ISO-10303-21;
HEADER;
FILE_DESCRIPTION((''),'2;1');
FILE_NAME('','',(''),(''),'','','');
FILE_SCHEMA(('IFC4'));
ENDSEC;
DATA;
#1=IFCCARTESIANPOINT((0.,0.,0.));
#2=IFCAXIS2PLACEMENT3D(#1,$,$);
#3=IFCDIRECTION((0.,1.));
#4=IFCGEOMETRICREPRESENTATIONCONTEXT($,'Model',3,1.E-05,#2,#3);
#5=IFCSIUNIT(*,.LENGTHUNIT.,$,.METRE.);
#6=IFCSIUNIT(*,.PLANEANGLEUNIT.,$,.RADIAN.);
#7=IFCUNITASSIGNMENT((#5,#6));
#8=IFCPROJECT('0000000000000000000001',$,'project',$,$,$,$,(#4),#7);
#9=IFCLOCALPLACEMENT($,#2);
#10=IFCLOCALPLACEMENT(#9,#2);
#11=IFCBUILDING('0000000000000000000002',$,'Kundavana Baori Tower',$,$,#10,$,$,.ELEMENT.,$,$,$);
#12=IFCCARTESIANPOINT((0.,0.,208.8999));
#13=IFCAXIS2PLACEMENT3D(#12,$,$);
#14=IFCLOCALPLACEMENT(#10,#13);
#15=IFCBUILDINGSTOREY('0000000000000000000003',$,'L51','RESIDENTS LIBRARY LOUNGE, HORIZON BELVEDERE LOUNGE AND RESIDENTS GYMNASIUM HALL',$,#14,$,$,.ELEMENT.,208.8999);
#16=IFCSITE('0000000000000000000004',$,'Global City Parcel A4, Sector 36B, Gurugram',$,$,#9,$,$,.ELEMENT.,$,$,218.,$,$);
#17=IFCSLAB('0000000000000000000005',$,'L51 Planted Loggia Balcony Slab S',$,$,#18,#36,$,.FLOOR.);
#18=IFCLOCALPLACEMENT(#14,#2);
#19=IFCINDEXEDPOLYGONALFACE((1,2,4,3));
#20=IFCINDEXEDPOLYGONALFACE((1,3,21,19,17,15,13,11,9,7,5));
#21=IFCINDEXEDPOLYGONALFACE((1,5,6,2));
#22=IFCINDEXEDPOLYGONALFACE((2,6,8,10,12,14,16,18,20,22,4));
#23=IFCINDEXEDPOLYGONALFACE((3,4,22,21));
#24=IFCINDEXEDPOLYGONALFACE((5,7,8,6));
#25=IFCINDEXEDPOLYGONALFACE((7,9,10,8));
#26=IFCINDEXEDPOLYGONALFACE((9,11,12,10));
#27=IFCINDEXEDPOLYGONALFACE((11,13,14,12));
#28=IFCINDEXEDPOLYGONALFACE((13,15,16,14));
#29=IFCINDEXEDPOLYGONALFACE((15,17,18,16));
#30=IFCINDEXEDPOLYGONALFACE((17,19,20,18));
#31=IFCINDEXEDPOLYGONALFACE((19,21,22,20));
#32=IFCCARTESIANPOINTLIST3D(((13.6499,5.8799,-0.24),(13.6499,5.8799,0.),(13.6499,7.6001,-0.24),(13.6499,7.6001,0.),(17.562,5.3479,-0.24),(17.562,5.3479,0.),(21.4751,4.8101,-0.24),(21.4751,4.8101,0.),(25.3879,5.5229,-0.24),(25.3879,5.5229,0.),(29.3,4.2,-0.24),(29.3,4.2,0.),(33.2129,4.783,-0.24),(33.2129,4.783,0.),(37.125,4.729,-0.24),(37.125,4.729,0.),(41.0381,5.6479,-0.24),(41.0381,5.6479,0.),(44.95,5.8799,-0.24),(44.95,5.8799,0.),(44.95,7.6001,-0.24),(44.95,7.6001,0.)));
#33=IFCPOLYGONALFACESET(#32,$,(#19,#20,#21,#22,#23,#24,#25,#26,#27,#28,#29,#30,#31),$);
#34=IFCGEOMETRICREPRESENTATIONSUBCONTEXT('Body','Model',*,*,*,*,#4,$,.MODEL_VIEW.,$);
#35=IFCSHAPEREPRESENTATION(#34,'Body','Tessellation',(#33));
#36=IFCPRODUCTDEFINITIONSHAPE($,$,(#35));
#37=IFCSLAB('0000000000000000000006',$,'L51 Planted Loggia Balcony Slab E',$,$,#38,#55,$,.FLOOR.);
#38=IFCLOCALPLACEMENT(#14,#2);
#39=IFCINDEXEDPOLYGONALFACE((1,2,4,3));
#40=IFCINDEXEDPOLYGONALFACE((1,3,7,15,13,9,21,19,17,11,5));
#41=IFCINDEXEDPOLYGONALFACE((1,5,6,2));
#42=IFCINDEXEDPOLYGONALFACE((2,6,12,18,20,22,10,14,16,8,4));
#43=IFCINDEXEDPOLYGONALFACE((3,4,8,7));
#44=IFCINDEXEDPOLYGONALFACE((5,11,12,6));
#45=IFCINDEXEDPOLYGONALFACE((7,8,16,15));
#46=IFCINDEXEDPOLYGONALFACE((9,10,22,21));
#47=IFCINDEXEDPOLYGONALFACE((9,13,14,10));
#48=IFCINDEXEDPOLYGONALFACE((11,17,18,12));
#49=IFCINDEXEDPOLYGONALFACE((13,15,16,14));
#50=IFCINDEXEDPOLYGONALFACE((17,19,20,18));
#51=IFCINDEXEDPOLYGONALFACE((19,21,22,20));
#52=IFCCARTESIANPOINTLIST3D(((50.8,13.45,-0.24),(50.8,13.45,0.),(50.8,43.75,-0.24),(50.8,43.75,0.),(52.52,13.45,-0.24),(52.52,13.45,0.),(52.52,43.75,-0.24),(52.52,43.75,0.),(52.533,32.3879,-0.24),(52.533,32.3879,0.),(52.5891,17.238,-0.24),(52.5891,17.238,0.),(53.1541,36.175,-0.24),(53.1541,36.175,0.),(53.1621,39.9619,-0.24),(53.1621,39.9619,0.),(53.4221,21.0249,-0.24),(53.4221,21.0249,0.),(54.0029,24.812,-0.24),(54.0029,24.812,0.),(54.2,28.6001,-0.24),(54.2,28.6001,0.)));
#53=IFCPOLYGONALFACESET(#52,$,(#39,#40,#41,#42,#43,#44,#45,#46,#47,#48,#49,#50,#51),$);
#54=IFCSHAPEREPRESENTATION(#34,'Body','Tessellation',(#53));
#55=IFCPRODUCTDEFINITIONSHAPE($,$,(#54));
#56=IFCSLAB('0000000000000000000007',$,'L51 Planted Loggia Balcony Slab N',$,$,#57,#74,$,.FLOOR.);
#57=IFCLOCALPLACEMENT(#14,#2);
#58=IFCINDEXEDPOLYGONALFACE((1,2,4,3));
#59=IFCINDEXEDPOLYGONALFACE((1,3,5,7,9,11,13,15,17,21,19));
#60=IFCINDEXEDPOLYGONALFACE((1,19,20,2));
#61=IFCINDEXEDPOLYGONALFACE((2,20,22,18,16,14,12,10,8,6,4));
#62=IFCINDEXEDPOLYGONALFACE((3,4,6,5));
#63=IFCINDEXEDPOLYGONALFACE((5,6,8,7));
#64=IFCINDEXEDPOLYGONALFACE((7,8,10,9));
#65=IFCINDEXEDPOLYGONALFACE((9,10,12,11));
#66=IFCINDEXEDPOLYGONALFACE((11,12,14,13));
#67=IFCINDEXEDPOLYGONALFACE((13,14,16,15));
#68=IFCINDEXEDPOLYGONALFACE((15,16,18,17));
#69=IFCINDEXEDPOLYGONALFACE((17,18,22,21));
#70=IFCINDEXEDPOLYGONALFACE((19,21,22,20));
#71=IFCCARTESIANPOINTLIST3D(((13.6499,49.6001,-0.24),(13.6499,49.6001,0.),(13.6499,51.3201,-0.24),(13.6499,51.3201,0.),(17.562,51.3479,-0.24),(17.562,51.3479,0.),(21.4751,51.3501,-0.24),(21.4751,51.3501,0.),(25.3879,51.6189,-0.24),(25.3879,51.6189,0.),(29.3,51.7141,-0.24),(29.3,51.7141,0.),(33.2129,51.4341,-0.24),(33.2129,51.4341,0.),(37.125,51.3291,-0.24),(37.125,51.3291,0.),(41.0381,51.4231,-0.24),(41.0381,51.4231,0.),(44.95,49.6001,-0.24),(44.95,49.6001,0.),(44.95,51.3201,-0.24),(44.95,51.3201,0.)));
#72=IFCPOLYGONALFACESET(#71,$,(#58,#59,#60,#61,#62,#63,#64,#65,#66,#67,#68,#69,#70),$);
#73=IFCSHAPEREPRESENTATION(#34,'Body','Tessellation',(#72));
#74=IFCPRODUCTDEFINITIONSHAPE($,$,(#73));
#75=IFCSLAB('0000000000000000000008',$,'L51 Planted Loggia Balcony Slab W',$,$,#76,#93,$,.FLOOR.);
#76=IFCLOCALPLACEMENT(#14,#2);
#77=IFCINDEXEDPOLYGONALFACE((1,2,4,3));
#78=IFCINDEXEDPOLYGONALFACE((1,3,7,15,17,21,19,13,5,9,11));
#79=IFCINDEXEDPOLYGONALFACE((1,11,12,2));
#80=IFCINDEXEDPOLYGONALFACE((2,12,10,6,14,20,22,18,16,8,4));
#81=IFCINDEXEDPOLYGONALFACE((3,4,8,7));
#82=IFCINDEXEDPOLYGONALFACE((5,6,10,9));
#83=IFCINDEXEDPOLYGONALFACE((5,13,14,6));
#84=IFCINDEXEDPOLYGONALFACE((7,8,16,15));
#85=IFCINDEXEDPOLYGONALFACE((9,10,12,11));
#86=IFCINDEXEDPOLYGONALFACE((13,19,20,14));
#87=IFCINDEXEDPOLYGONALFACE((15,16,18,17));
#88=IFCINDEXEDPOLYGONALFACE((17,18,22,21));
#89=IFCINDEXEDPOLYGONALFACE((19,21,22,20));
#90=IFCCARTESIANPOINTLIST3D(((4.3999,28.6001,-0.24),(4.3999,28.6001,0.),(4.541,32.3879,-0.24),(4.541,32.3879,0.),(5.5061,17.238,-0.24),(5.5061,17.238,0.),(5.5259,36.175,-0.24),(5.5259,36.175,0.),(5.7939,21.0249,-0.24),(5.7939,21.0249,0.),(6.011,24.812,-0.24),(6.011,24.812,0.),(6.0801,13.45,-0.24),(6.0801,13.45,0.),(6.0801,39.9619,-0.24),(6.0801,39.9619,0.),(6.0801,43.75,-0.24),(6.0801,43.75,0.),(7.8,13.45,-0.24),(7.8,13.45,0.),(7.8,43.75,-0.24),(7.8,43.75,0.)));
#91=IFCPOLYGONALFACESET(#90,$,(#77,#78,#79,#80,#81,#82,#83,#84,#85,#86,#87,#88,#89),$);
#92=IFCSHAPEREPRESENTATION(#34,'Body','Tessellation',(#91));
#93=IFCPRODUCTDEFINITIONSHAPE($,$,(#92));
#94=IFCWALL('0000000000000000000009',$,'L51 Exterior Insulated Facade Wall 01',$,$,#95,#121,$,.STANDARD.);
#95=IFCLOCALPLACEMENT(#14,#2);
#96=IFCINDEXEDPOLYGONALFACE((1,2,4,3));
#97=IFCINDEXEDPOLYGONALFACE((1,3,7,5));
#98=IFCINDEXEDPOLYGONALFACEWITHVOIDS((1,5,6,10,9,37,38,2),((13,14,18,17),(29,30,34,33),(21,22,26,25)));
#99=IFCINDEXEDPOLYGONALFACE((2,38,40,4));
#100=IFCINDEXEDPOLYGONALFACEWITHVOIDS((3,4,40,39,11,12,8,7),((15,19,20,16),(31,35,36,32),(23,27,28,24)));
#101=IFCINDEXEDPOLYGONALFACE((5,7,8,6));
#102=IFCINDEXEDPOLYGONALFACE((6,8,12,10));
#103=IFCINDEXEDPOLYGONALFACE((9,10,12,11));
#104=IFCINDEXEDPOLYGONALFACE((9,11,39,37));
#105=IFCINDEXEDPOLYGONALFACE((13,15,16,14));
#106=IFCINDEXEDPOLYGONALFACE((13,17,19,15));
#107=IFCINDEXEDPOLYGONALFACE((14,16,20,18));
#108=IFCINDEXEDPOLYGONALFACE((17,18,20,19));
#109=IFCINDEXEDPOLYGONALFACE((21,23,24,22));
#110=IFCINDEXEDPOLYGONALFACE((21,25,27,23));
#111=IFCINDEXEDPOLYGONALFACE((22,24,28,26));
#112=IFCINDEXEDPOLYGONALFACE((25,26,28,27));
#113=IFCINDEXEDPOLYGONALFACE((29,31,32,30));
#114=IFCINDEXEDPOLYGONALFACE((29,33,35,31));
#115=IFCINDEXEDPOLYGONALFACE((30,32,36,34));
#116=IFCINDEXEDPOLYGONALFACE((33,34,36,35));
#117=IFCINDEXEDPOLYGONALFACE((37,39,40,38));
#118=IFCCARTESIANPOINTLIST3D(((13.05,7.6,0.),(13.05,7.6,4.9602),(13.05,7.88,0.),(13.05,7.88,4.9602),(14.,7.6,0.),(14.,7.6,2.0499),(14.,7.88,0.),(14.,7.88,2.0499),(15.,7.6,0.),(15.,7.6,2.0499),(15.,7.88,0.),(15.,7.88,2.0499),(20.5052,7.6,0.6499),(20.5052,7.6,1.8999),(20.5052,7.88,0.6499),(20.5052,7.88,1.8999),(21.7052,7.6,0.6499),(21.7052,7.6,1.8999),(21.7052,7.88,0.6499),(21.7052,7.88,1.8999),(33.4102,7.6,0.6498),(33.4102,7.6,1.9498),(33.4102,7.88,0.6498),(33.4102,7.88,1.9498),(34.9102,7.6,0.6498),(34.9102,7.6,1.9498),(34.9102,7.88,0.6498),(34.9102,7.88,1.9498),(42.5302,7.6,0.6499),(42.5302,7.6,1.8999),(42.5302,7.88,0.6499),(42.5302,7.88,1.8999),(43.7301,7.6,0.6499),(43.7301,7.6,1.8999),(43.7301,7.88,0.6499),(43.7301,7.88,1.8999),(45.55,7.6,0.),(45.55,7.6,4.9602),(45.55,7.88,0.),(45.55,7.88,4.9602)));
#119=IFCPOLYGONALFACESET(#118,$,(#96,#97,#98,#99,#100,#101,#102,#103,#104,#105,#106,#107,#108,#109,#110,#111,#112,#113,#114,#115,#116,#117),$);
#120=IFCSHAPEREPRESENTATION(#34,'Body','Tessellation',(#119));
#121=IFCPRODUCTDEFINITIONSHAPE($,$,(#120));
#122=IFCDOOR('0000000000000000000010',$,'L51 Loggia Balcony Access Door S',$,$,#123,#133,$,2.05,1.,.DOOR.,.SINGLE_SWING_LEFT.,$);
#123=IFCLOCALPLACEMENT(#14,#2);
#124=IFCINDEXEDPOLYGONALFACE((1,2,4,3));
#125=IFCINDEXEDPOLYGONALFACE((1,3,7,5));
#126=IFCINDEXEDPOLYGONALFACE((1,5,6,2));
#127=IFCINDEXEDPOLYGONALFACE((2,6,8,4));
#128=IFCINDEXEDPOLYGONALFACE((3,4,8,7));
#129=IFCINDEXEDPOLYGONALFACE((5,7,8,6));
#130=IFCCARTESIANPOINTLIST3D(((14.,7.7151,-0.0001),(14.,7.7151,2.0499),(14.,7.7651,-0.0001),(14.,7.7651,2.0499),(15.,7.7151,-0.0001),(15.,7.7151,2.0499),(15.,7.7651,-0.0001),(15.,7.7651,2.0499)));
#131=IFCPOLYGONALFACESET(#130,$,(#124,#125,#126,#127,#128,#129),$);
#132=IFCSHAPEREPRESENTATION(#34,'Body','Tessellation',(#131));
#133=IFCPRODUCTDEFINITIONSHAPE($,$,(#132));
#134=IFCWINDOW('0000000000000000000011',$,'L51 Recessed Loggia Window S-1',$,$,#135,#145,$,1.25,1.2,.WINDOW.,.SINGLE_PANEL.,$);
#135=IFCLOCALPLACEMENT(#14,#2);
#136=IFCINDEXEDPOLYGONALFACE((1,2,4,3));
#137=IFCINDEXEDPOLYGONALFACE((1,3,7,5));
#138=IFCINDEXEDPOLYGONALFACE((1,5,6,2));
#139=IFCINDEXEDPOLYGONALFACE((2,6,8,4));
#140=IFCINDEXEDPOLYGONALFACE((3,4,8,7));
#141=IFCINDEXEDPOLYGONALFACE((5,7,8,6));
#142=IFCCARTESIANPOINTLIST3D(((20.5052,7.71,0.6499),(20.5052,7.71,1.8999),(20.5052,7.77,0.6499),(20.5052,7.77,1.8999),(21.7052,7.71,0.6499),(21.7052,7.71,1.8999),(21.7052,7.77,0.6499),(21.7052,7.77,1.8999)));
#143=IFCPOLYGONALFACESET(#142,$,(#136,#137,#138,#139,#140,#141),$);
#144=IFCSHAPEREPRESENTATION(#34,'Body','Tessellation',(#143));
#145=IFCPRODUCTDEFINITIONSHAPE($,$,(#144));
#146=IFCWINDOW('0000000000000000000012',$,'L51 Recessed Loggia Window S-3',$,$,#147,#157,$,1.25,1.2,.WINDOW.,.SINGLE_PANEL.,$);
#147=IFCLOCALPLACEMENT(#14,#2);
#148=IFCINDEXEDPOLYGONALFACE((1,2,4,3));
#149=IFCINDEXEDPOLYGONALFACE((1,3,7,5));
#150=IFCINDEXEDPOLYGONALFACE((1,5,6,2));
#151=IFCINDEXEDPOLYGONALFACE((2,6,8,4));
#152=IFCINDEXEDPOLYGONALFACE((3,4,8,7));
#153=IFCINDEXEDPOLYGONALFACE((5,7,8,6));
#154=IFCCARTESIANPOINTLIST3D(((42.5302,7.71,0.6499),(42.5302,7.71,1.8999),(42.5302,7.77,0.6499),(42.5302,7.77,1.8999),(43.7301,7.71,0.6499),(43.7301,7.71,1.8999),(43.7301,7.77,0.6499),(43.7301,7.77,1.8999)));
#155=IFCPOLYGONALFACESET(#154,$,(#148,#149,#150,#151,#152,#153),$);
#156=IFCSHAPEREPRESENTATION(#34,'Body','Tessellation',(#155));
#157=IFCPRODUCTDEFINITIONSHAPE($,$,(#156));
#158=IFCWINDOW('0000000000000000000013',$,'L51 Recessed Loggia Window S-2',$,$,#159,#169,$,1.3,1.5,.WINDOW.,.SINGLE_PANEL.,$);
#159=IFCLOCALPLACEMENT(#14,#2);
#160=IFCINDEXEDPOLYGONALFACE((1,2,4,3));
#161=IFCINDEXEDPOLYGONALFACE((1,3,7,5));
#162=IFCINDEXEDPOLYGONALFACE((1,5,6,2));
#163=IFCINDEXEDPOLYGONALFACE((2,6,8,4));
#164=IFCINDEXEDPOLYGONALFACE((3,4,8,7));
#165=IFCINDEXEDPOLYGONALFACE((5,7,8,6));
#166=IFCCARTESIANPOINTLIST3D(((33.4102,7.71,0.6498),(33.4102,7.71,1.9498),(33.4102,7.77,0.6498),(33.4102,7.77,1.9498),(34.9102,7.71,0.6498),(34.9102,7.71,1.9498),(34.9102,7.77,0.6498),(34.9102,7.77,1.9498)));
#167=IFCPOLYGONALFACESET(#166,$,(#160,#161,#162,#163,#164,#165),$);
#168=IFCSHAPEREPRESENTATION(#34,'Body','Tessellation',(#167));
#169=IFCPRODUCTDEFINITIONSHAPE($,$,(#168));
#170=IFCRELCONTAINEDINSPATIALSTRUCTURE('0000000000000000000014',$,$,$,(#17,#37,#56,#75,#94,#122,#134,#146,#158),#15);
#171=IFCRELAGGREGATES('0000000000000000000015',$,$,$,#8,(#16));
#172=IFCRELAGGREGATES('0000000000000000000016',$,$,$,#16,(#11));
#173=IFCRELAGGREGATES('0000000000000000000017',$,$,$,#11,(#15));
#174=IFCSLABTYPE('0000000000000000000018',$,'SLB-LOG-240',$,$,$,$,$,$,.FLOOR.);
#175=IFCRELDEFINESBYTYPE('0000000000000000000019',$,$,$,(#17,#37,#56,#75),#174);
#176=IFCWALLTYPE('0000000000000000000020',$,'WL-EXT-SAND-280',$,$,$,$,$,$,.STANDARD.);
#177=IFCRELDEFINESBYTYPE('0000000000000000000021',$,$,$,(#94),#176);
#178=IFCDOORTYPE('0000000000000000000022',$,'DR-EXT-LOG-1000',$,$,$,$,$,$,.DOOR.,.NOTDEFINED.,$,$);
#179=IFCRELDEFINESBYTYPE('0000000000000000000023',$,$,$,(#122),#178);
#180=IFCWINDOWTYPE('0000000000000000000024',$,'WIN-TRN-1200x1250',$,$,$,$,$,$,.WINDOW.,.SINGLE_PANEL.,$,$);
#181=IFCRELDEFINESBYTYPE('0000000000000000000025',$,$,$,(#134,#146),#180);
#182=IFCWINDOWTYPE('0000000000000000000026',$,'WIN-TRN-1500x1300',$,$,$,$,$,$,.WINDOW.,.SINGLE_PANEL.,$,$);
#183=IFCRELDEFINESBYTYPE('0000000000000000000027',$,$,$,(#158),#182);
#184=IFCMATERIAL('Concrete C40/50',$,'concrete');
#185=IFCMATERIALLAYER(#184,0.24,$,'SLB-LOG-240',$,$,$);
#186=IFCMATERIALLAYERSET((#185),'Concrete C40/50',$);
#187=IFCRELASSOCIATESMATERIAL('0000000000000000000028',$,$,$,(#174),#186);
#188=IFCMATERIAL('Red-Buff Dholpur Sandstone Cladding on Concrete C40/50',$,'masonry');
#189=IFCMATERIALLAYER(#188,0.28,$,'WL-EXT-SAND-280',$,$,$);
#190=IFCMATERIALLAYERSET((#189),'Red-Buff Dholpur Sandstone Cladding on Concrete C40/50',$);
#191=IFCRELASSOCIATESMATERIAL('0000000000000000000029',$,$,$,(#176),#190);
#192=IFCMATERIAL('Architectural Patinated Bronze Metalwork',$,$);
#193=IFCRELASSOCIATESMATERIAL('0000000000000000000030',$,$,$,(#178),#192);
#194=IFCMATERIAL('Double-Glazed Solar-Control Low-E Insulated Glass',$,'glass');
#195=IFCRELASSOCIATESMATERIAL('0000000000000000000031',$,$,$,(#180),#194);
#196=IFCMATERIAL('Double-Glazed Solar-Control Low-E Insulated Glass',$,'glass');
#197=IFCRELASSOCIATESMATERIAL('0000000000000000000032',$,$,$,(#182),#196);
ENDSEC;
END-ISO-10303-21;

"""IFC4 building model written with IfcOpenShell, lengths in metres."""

from ifc_helpers import new_model, si_unit, direction, frame, frame_2d, origin, place, context, subcontext, project, spatial, polyline, rectangle, outline, extrude, material, layer, layer_set, type_object, element, fill, save


model = new_model("IFC4")

# Units and contexts
model_context = context("Model", 3, precision=1e-05, world=origin(), true_north=direction((0.0, 1.0)))
body_context = subcontext(model_context, "Body", "Model", "MODEL_VIEW")
ifc_project = project(units=[si_unit("LENGTHUNIT", "METRE"), si_unit("PLANEANGLEUNIT", "RADIAN")], contexts=[model_context])

# Site, building, storey
site_placement = place(None, origin())
site = spatial("IfcSite", under=ifc_project, at=site_placement, Name="Global City Parcel A4, Sector 36B, Gurugram", CompositionType="ELEMENT", RefElevation=218.0)
building_placement = place(site_placement, origin())
building = spatial("IfcBuilding", under=site, at=building_placement, Name="Kundavana Baori Tower", CompositionType="ELEMENT")
storey_placement = place(building_placement, frame((0.0, 0.0, 208.8999)))
storey = spatial("IfcBuildingStorey", under=building, at=storey_placement, Name="L51", Description="RESIDENTS LIBRARY LOUNGE, HORIZON BELVEDERE LOUNGE AND RESIDENTS GYMNASIUM HALL", CompositionType="ELEMENT", Elevation=208.8999)

# Slabs
ifc_material_1 = material(Name="Concrete C40/50", Category="concrete")
ifc_layer_1 = layer(ifc_material_1, 0.24, Name="SLB-LOG-240")
ifc_layer_set_1 = layer_set([ifc_layer_1], Name="Concrete C40/50")
slab_type_1 = type_object("IfcSlabType", Name="SLB-LOG-240", PredefinedType="FLOOR", material=ifc_layer_set_1)
slab_1_placement = place(storey_placement, frame((0.0, 0.0, -0.24)))
element("IfcSlab", 1, at=slab_1_placement, inside=storey, type_object=slab_type_1, Name="L51 Planted Loggia Balcony Slab S", PredefinedType="FLOOR", context=body_context, shape_type="SweptSolid", body=[
    extrude(outline(polyline([(13.6499, 7.6001), (44.95, 7.6001), (44.95, 5.8799), (41.0381, 5.6479), (37.125, 4.729), (33.2129, 4.783), (29.3, 4.2), (25.3879, 5.5229), (21.4751, 4.8101), (17.562, 5.3479), (13.6499, 5.8799), (13.6499, 7.6001)])), origin(), (0.0, 0.0, 1.0), 0.24),
])
slab_2_placement = place(storey_placement, frame((0.0, 0.0, -0.24)))
element("IfcSlab", 2, at=slab_2_placement, inside=storey, type_object=slab_type_1, Name="L51 Planted Loggia Balcony Slab E", PredefinedType="FLOOR", context=body_context, shape_type="SweptSolid", body=[
    extrude(outline(polyline([(50.8, 13.45), (50.8, 43.75), (52.52, 43.75), (53.1621, 39.9619), (53.1541, 36.175), (52.533, 32.3879), (54.2, 28.6001), (54.0029, 24.812), (53.4221, 21.0249), (52.5891, 17.238), (52.52, 13.45), (50.8, 13.45)])), origin(), (0.0, 0.0, 1.0), 0.24),
])
slab_3_placement = place(storey_placement, frame((0.0, 0.0, -0.24)))
element("IfcSlab", 3, at=slab_3_placement, inside=storey, type_object=slab_type_1, Name="L51 Planted Loggia Balcony Slab N", PredefinedType="FLOOR", context=body_context, shape_type="SweptSolid", body=[
    extrude(outline(polyline([(44.95, 49.6001), (13.6499, 49.6001), (13.6499, 51.3201), (17.562, 51.3479), (21.4751, 51.3501), (25.3879, 51.6189), (29.3, 51.7141), (33.2129, 51.4341), (37.125, 51.3291), (41.0381, 51.4231), (44.95, 51.3201), (44.95, 49.6001)])), origin(), (0.0, 0.0, 1.0), 0.24),
])
slab_4_placement = place(storey_placement, frame((0.0, 0.0, -0.24)))
element("IfcSlab", 4, at=slab_4_placement, inside=storey, type_object=slab_type_1, Name="L51 Planted Loggia Balcony Slab W", PredefinedType="FLOOR", context=body_context, shape_type="SweptSolid", body=[
    extrude(outline(polyline([(7.8, 43.75), (7.8, 13.45), (6.0801, 13.45), (5.5061, 17.238), (5.7939, 21.0249), (6.011, 24.812), (4.3999, 28.6001), (4.541, 32.3879), (5.5259, 36.175), (6.0801, 39.9619), (6.0801, 43.75), (7.8, 43.75)])), origin(), (0.0, 0.0, 1.0), 0.24),
])

# Wall, openings, door, windows
ifc_material_2 = material(Name="Red-Buff Dholpur Sandstone Cladding on Concrete C40/50", Category="masonry")
ifc_layer_2 = layer(ifc_material_2, 0.28, Name="WL-EXT-SAND-280")
ifc_layer_set_2 = layer_set([ifc_layer_2], Name="Red-Buff Dholpur Sandstone Cladding on Concrete C40/50")
wall_type = type_object("IfcWallType", Name="WL-EXT-SAND-280", PredefinedType="STANDARD", material=ifc_layer_set_2)
wall_1_placement = place(storey_placement, frame((13.05, 7.74, 0.0), z_axis=(0.0, 0.0, 1.0), x_axis=(1.0, 0.0, 0.0)))
wall_1 = element("IfcWall", 5, at=wall_1_placement, inside=storey, type_object=wall_type, Name="L51 Exterior Insulated Facade Wall 01", PredefinedType="STANDARD", context=body_context, shape_type="SweptSolid", body=[
    extrude(rectangle(XDim=32.5, YDim=0.28, at=frame_2d((16.25, 0.0))), origin(), (0.0, 0.0, 1.0), 4.9602),
])
opening_1_placement = place(wall_1_placement, frame((0.95, 0.0, 0.0)))
opening_1 = element("IfcOpeningElement", 6, at=opening_1_placement, cuts=wall_1, PredefinedType="OPENING", context=body_context, shape_type="SweptSolid", body=[
    extrude(rectangle(XDim=1.0, YDim=2.05, at=frame_2d((0.5, 1.0249))), frame((0.0, 0.1499, 0.0), z_axis=(0.0, -1.0, 0.0), x_axis=(1.0, 0.0, 0.0)), (0.0, 0.0, 1.0), 0.3),
])
opening_2_placement = place(wall_1_placement, frame((7.4551, 0.0, 0.6499)))
opening_2 = element("IfcOpeningElement", 7, at=opening_2_placement, cuts=wall_1, PredefinedType="OPENING", context=body_context, shape_type="SweptSolid", body=[
    extrude(rectangle(XDim=1.2, YDim=1.25, at=frame_2d((0.6001, 0.625))), frame((0.0, 0.1499, 0.0), z_axis=(0.0, -1.0, 0.0), x_axis=(1.0, 0.0, 0.0)), (0.0, 0.0, 1.0), 0.3),
])
opening_3_placement = place(wall_1_placement, frame((20.3601, 0.0, 0.6499)))
opening_3 = element("IfcOpeningElement", 8, at=opening_3_placement, cuts=wall_1, PredefinedType="OPENING", context=body_context, shape_type="SweptSolid", body=[
    extrude(rectangle(XDim=1.5, YDim=1.3, at=frame_2d((0.75, 0.6499))), frame((0.0, 0.1499, 0.0), z_axis=(0.0, -1.0, 0.0), x_axis=(1.0, 0.0, 0.0)), (0.0, 0.0, 1.0), 0.3),
])
opening_4_placement = place(wall_1_placement, frame((29.48, 0.0, 0.6499)))
opening_4 = element("IfcOpeningElement", 9, at=opening_4_placement, cuts=wall_1, PredefinedType="OPENING", context=body_context, shape_type="SweptSolid", body=[
    extrude(rectangle(XDim=1.2, YDim=1.25, at=frame_2d((0.6001, 0.625))), frame((0.0, 0.1499, 0.0), z_axis=(0.0, -1.0, 0.0), x_axis=(1.0, 0.0, 0.0)), (0.0, 0.0, 1.0), 0.3),
])
ifc_material_3 = material(Name="Architectural Patinated Bronze Metalwork")
door_type = type_object("IfcDoorType", Name="DR-EXT-LOG-1000", OperationType="NOTDEFINED", PredefinedType="DOOR", material=ifc_material_3)
door_placement = place(opening_1_placement, frame((1.0, 0.0, 0.0), z_axis=(0.0, 0.0, 1.0), x_axis=(-1.0, 0.0, 0.0)))
door = element("IfcDoor", 10, at=door_placement, inside=storey, type_object=door_type, Name="L51 Loggia Balcony Access Door S", OperationType="SINGLE_SWING_LEFT", OverallHeight=2.05, OverallWidth=1.0, PredefinedType="DOOR", context=body_context, shape_type="SweptSolid", body=[
    extrude(rectangle(XDim=1.0, YDim=2.05, at=frame_2d((0.5, 1.0249))), frame((0.0, 0.0249, 0.0), z_axis=(0.0, -1.0, 0.0), x_axis=(1.0, 0.0, 0.0)), (0.0, 0.0, 1.0), 0.05),
])
fill(opening_1, door)
ifc_material_4 = material(Name="Double-Glazed Solar-Control Low-E Insulated Glass", Category="glass")
window_type_1 = type_object("IfcWindowType", Name="WIN-TRN-1200x1250", PartitioningType="SINGLE_PANEL", PredefinedType="WINDOW", material=ifc_material_4)
window_1_placement = place(opening_2_placement, origin())
window_1 = element("IfcWindow", 11, at=window_1_placement, inside=storey, type_object=window_type_1, Name="L51 Recessed Loggia Window S-1", OverallHeight=1.25, OverallWidth=1.2, PartitioningType="SINGLE_PANEL", PredefinedType="WINDOW", context=body_context, shape_type="SweptSolid", body=[
    extrude(rectangle(XDim=1.2, YDim=1.25, at=frame_2d((0.6001, 0.625))), frame((0.0, 0.03, 0.0), z_axis=(0.0, -1.0, 0.0), x_axis=(1.0, 0.0, 0.0)), (0.0, 0.0, 1.0), 0.0601),
])
fill(opening_2, window_1)
window_2_placement = place(opening_4_placement, origin())
window_2 = element("IfcWindow", 12, at=window_2_placement, inside=storey, type_object=window_type_1, Name="L51 Recessed Loggia Window S-3", OverallHeight=1.25, OverallWidth=1.2, PartitioningType="SINGLE_PANEL", PredefinedType="WINDOW", context=body_context, shape_type="SweptSolid", body=[
    extrude(rectangle(XDim=1.2, YDim=1.25, at=frame_2d((0.6001, 0.625))), frame((0.0, 0.03, 0.0), z_axis=(0.0, -1.0, 0.0), x_axis=(1.0, 0.0, 0.0)), (0.0, 0.0, 1.0), 0.0601),
])
fill(opening_4, window_2)
ifc_material_5 = material(Name="Double-Glazed Solar-Control Low-E Insulated Glass", Category="glass")
window_type_2 = type_object("IfcWindowType", Name="WIN-TRN-1500x1300", PartitioningType="SINGLE_PANEL", PredefinedType="WINDOW", material=ifc_material_5)
window_3_placement = place(opening_3_placement, origin())
window_3 = element("IfcWindow", 13, at=window_3_placement, inside=storey, type_object=window_type_2, Name="L51 Recessed Loggia Window S-2", OverallHeight=1.3, OverallWidth=1.5, PartitioningType="SINGLE_PANEL", PredefinedType="WINDOW", context=body_context, shape_type="SweptSolid", body=[
    extrude(rectangle(XDim=1.5, YDim=1.3, at=frame_2d((0.75, 0.6499))), frame((0.0, 0.03, 0.0), z_axis=(0.0, -1.0, 0.0), x_axis=(1.0, 0.0, 0.0)), (0.0, 0.0, 1.0), 0.0601),
])
fill(opening_3, window_3)

save(model, "model.ifc")
